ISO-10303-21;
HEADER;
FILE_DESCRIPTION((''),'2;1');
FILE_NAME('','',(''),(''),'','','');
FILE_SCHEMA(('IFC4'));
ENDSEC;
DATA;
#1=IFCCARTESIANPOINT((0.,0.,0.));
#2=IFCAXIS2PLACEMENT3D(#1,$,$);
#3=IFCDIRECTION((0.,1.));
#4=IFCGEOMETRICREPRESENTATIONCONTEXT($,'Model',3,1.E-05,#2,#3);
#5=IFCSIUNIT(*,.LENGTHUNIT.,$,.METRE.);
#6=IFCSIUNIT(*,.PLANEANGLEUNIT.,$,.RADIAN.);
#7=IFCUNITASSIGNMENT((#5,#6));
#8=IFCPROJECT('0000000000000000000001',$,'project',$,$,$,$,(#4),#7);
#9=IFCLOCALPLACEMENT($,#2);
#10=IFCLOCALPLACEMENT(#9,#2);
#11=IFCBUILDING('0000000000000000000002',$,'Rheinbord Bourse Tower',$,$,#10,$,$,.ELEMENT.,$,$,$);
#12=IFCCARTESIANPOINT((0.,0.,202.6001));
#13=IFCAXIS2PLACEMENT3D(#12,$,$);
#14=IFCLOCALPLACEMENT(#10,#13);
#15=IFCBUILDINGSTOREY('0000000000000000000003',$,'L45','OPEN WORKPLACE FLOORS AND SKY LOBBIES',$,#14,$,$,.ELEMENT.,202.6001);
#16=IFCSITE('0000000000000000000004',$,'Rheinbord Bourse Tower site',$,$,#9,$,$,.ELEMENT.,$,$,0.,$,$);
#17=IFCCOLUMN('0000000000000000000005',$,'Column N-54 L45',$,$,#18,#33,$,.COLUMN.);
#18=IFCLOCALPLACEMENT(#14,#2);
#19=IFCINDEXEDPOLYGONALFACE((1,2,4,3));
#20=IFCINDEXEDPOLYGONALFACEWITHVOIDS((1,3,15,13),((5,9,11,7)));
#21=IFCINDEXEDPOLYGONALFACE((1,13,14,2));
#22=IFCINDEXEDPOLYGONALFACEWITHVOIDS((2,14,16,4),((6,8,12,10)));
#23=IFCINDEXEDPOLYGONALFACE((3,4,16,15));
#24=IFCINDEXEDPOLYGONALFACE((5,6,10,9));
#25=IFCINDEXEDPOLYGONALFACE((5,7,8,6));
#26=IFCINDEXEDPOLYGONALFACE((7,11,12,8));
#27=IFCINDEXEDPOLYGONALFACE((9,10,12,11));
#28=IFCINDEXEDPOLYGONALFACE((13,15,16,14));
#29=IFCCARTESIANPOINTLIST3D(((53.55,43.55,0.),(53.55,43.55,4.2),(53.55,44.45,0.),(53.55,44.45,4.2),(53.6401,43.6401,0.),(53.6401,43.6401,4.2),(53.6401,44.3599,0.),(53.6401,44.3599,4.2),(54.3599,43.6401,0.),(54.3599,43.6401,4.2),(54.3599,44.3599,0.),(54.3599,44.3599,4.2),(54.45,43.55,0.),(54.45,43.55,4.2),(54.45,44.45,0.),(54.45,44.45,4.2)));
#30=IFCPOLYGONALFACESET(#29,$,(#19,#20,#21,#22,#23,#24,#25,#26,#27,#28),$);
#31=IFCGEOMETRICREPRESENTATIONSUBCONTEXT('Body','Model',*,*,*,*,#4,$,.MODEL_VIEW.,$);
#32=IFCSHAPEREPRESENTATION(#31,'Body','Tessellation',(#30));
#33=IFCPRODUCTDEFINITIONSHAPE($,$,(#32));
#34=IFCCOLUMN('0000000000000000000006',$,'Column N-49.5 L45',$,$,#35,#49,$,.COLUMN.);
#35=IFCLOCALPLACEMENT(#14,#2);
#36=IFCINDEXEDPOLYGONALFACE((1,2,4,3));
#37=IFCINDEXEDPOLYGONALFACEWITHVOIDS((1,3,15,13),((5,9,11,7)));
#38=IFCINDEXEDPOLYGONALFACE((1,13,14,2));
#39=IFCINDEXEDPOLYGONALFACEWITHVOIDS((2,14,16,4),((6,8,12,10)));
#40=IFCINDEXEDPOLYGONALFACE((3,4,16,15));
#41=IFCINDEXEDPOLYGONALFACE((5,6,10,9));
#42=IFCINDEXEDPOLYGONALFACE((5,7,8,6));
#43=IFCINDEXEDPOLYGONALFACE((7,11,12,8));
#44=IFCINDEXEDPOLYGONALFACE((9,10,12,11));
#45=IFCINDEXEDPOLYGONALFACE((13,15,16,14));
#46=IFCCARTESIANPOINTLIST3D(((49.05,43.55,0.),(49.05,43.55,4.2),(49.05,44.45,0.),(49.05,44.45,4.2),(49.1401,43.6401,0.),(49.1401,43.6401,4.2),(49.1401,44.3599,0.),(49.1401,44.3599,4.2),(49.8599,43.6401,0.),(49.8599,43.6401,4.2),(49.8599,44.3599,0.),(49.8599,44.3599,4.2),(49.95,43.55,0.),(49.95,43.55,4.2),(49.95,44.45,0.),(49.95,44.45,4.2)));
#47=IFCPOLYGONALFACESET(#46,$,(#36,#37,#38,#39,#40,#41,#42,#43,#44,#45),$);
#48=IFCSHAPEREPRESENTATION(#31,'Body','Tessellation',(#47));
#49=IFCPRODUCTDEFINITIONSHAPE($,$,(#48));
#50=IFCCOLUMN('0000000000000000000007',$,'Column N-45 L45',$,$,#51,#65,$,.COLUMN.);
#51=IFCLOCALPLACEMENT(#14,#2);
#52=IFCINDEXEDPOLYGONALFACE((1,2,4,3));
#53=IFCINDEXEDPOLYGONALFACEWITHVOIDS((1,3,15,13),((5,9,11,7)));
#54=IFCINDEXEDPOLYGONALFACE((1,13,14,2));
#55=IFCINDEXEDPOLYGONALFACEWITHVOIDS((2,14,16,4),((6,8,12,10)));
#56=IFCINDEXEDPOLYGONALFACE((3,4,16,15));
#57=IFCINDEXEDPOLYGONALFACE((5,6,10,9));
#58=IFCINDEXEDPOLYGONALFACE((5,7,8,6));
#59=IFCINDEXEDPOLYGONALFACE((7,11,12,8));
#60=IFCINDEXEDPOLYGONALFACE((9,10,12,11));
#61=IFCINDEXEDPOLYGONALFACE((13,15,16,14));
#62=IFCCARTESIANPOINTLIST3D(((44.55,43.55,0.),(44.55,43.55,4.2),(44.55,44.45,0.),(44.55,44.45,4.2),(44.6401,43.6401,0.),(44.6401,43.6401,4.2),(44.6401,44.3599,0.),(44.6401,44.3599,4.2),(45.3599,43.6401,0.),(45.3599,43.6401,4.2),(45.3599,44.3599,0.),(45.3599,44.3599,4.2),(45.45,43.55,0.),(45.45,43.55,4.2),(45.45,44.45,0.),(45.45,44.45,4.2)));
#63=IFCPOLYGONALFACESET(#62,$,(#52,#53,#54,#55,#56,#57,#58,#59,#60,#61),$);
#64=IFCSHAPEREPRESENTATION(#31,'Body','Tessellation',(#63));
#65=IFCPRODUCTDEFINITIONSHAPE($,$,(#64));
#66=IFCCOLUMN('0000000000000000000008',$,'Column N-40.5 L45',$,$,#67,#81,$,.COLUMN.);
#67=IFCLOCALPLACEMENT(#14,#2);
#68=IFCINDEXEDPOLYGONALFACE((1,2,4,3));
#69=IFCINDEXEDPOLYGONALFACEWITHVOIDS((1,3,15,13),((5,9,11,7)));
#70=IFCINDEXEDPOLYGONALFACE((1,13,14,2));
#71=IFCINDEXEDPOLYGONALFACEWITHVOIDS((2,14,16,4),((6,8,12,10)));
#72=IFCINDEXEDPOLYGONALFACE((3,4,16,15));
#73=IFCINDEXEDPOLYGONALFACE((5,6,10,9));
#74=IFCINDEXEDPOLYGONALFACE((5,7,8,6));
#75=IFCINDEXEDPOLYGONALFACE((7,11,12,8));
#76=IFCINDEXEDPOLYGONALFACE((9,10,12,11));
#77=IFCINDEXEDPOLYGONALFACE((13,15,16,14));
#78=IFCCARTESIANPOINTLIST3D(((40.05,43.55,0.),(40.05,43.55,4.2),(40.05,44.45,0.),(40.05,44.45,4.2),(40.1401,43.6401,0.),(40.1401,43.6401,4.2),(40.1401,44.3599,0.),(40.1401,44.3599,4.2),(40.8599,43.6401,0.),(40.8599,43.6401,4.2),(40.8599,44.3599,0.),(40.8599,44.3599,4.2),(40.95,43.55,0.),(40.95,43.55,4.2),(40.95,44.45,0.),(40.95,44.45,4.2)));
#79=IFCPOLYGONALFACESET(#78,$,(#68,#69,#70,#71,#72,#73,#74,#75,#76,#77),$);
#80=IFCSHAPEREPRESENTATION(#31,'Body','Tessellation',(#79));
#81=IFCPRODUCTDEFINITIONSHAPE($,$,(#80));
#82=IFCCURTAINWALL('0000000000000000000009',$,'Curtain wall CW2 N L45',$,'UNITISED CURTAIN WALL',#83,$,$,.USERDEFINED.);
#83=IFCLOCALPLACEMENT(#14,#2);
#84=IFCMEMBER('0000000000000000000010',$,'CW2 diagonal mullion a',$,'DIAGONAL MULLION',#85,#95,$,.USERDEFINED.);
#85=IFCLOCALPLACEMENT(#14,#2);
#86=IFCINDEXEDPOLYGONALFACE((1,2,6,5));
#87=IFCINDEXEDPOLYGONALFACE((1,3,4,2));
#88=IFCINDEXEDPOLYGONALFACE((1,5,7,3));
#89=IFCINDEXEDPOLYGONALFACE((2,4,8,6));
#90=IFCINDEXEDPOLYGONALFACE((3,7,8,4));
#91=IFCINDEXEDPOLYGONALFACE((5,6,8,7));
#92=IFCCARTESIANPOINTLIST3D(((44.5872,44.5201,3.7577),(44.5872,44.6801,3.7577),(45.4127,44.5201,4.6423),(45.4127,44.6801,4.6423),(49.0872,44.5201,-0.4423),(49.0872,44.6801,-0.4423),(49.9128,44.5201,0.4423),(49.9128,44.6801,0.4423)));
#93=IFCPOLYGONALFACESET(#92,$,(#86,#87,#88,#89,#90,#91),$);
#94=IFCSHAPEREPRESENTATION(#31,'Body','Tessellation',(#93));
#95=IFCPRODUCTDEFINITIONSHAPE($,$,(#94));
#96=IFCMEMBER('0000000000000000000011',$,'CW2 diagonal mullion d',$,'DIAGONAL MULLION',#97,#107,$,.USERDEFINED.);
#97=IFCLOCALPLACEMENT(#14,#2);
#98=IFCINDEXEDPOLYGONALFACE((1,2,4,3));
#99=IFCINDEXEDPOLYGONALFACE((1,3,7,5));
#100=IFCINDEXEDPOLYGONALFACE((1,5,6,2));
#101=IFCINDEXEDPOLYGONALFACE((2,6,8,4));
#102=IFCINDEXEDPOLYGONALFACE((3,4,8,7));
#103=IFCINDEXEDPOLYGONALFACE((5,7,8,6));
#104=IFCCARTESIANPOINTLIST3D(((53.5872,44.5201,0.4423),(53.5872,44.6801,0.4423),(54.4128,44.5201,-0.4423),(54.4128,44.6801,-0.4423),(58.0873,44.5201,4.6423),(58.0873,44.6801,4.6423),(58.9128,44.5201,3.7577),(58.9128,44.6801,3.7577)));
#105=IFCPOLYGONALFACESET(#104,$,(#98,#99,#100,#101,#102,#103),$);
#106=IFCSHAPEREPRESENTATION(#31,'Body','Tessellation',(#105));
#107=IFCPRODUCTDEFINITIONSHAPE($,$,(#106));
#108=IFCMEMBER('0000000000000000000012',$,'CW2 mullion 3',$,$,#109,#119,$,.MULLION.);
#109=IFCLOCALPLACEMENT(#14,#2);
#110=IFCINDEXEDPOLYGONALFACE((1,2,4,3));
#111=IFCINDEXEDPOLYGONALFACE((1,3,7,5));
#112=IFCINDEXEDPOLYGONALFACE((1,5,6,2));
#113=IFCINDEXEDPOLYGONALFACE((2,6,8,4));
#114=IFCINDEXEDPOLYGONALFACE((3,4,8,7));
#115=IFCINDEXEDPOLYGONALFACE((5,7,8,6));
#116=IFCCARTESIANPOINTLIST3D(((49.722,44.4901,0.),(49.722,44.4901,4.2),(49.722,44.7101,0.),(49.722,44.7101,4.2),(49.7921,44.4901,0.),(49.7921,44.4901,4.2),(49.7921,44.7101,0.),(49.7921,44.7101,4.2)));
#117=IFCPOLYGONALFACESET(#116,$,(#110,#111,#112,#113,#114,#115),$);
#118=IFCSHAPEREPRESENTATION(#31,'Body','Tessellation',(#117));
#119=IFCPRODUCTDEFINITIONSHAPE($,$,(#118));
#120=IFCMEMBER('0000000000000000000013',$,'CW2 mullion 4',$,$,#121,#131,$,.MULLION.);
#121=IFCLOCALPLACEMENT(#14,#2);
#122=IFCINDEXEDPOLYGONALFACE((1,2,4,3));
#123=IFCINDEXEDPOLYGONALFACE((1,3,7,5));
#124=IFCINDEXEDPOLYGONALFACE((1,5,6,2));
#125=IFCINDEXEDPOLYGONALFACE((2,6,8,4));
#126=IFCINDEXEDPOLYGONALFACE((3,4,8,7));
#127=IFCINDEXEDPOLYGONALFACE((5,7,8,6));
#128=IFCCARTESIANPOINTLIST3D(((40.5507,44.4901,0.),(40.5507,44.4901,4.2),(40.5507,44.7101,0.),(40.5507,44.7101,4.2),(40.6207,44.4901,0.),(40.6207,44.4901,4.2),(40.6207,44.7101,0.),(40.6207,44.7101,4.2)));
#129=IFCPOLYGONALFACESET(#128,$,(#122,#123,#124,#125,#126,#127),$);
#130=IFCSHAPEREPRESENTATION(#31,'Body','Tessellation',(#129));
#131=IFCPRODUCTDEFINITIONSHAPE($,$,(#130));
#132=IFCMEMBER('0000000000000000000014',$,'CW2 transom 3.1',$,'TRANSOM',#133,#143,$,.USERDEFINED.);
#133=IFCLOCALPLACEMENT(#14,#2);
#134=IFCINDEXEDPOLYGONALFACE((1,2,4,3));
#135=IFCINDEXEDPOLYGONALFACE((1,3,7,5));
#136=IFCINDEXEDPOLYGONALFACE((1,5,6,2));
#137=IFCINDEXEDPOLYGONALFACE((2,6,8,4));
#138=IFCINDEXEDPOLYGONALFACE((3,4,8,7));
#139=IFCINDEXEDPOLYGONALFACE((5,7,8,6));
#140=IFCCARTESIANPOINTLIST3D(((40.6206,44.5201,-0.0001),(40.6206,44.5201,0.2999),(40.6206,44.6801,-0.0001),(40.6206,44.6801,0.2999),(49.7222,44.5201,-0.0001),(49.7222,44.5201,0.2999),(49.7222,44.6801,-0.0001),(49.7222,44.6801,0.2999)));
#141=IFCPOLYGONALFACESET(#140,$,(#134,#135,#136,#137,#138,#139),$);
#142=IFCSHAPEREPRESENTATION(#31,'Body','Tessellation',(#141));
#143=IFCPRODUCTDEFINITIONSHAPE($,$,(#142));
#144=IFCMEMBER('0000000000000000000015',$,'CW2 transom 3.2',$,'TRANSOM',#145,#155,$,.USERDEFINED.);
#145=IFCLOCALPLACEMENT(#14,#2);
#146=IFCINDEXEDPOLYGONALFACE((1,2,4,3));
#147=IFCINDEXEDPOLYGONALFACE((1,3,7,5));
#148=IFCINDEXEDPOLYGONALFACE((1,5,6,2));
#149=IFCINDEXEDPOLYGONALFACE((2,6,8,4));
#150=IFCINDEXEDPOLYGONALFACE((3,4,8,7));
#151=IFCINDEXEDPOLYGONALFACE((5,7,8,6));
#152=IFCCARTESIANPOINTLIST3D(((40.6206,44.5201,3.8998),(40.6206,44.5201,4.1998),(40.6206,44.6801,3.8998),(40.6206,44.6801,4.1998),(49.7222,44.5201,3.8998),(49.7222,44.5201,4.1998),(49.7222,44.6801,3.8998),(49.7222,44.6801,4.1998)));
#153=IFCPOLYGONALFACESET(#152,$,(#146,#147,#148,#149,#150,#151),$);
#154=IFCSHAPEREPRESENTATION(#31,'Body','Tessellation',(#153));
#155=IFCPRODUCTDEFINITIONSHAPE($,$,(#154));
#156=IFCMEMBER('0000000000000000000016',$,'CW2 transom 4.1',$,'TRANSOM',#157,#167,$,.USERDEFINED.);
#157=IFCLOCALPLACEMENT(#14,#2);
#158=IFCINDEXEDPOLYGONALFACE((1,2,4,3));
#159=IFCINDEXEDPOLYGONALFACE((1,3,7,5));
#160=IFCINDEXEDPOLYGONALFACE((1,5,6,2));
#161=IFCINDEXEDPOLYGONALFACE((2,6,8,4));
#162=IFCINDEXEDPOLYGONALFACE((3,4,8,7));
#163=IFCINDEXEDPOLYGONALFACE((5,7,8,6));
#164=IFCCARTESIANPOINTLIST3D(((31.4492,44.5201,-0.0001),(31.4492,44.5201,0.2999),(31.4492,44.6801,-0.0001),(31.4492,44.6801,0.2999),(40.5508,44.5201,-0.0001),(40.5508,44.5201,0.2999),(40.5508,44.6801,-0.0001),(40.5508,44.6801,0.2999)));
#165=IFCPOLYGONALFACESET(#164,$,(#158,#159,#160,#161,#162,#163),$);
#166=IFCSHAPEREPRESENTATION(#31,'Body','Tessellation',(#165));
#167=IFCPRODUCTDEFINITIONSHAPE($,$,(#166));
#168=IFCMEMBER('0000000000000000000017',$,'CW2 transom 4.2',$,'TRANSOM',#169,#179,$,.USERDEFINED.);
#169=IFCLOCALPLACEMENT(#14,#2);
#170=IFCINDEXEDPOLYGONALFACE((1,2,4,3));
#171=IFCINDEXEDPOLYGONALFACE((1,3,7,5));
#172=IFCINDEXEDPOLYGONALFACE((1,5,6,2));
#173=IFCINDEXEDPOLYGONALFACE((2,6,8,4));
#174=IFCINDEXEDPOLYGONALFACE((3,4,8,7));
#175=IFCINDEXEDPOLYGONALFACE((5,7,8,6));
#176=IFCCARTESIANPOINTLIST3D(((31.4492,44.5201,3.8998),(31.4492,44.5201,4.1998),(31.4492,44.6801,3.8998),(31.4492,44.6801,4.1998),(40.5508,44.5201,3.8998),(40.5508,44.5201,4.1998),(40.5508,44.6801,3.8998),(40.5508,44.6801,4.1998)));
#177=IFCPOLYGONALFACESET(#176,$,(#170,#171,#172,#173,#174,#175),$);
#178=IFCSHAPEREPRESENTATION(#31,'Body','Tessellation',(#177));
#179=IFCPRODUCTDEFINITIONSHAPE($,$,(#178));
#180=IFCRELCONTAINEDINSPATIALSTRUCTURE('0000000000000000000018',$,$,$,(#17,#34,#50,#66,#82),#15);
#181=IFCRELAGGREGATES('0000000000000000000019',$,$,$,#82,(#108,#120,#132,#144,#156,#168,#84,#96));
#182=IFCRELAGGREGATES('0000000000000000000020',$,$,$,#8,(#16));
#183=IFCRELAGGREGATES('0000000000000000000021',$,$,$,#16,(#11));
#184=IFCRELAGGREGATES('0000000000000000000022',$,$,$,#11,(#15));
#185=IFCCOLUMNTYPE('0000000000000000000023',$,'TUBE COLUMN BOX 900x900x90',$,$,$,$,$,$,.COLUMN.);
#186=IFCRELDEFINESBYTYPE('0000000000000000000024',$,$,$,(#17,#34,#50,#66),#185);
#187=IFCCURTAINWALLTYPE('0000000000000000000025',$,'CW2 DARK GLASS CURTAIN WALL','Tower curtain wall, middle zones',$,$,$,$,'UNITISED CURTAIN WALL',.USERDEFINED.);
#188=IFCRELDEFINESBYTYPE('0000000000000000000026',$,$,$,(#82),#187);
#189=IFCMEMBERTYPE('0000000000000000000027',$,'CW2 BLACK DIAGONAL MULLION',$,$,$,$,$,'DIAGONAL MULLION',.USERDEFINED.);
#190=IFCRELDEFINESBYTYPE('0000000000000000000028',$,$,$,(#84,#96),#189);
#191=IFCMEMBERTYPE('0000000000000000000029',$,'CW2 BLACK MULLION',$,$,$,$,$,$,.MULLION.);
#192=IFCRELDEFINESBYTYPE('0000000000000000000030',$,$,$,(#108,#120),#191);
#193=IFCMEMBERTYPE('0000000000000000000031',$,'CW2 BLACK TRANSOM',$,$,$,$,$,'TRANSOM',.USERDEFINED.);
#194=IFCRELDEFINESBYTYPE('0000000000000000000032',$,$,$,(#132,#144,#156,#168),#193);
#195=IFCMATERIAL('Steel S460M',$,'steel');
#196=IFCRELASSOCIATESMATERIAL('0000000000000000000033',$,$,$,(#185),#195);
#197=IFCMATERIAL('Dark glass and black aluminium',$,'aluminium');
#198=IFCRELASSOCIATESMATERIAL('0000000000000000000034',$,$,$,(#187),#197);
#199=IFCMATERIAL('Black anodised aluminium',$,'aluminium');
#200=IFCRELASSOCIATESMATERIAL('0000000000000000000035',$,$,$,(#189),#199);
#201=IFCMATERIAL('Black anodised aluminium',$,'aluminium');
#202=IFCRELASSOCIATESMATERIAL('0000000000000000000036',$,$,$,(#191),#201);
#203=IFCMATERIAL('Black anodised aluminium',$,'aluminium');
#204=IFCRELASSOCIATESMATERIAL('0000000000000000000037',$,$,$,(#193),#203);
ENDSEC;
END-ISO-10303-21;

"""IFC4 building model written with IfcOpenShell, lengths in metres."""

from ifc_helpers import new_model, si_unit, direction, frame, origin, origin_2d, place, context, subcontext, project, spatial, rectangle, hollow_rectangle, extrude, material, material_profile, profile_set, type_object, element, aggregate, save


model = new_model("IFC4")

# Units and contexts
model_context = context("Model", 3, precision=1e-05, world=origin(), true_north=direction((0.0, 1.0)))
body_context = subcontext(model_context, "Body", "Model", "MODEL_VIEW")
ifc_project = project(units=[si_unit("LENGTHUNIT", "METRE"), si_unit("PLANEANGLEUNIT", "RADIAN")], contexts=[model_context])

# Site, building, storey
site_placement = place(None, origin())
site = spatial("IfcSite", under=ifc_project, at=site_placement, Name="Rheinbord Bourse Tower site", CompositionType="ELEMENT", RefElevation=0.0)
building_placement = place(site_placement, origin())
building = spatial("IfcBuilding", under=site, at=building_placement, Name="Rheinbord Bourse Tower", CompositionType="ELEMENT")
storey_placement = place(building_placement, frame((0.0, 0.0, 202.6001)))
storey = spatial("IfcBuildingStorey", under=building, at=storey_placement, Name="L45", Description="OPEN WORKPLACE FLOORS AND SKY LOBBIES", CompositionType="ELEMENT", Elevation=202.6001)

# Columns
ifc_material_1 = material(Name="Steel S460M", Category="steel")
ifc_material_profile_1 = material_profile(ifc_material_1, hollow_rectangle(XDim=0.8999, YDim=0.8999, WallThickness=0.0901, at=origin_2d()), Name="BOX 900x900x90")
ifc_profile_set_1 = profile_set([ifc_material_profile_1], Name="Steel S460M")
column_type = type_object("IfcColumnType", Name="TUBE COLUMN BOX 900x900x90", PredefinedType="COLUMN", material=ifc_profile_set_1)
for number, where, z_axis, x_axis, name in (
    (1, (54.0, 44.0, 0.0), (0.0, 0.0, 1.0), (0.0, 1.0, 0.0), "Column N-54 L45"),
    (2, (49.5, 44.0, 0.0), (0.0, 0.0, 1.0), (0.0, 1.0, 0.0), "Column N-49.5 L45"),
    (3, (45.0, 44.0, 0.0), (0.0, 0.0, 1.0), (0.0, 1.0, 0.0), "Column N-45 L45"),
    (4, (40.5, 44.0, 0.0), (0.0, 0.0, 1.0), (0.0, 1.0, 0.0), "Column N-40.5 L45"),
):
    element("IfcColumn", number, at=place(storey_placement, frame(where, z_axis=z_axis, x_axis=x_axis)), inside=storey, type_object=column_type, Name=name, PredefinedType="COLUMN", context=body_context, shape_type="SweptSolid", body=[
        extrude(hollow_rectangle(XDim=0.8999, YDim=0.8999, WallThickness=0.0901, at=origin_2d()), origin(), (0.0, 0.0, 1.0), 4.2),
    ])

# Curtain wall, members
ifc_material_2 = material(Name="Dark glass and black aluminium", Category="aluminium")
curtain_wall_type = type_object("IfcCurtainWallType", Name="CW2 DARK GLASS CURTAIN WALL", Description="Tower curtain wall, middle zones", ElementType="UNITISED CURTAIN WALL", PredefinedType="USERDEFINED", material=ifc_material_2)
curtain_wall_placement = place(storey_placement, origin())
curtain_wall = element("IfcCurtainWall", 5, at=curtain_wall_placement, inside=storey, type_object=curtain_wall_type, Name="Curtain wall CW2 N L45", ObjectType="UNITISED CURTAIN WALL", PredefinedType="USERDEFINED")
ifc_material_3 = material(Name="Black anodised aluminium", Category="aluminium")
ifc_material_profile_2 = material_profile(ifc_material_3, rectangle(XDim=0.1599, YDim=1.21, at=origin_2d()), Name="CW2 DIAGONAL MULLION 1210x160")
ifc_profile_set_2 = profile_set([ifc_material_profile_2], Name="Black anodised aluminium")
member_type_1 = type_object("IfcMemberType", Name="CW2 BLACK DIAGONAL MULLION", ElementType="DIAGONAL MULLION", PredefinedType="USERDEFINED", material=ifc_profile_set_2)
member_1_placement = place(storey_placement, frame((49.5, 44.6001, 0.0), z_axis=(-0.731059, 0.0, 0.682314), x_axis=(0.0, -1.0, 0.0)))
member_1 = element("IfcMember", 6, at=member_1_placement, type_object=member_type_1, Name="CW2 diagonal mullion a", ObjectType="DIAGONAL MULLION", PredefinedType="USERDEFINED", context=body_context, shape_type="SweptSolid", body=[
    extrude(rectangle(XDim=0.1599, YDim=1.21, at=origin_2d()), origin(), (0.0, 0.0, 1.0), 6.1555),
])
member_2_placement = place(storey_placement, frame((54.0, 44.6001, 0.0), z_axis=(0.731059, 0.0, 0.682314), x_axis=(0.0, 1.0, 0.0)))
member_2 = element("IfcMember", 7, at=member_2_placement, type_object=member_type_1, Name="CW2 diagonal mullion d", ObjectType="DIAGONAL MULLION", PredefinedType="USERDEFINED", context=body_context, shape_type="SweptSolid", body=[
    extrude(rectangle(XDim=0.1599, YDim=1.21, at=origin_2d()), origin(), (0.0, 0.0, 1.0), 6.1555),
])
ifc_material_4 = material(Name="Black anodised aluminium", Category="aluminium")
ifc_material_profile_3 = material_profile(ifc_material_4, rectangle(XDim=0.22, YDim=0.0701, at=origin_2d()), Name="CW2 MULLION 70x220")
ifc_profile_set_3 = profile_set([ifc_material_profile_3], Name="Black anodised aluminium")
member_type_2 = type_object("IfcMemberType", Name="CW2 BLACK MULLION", PredefinedType="MULLION", material=ifc_profile_set_3)
member_3_placement = place(storey_placement, frame((49.7571, 44.6001, 0.0), z_axis=(0.0, 0.0, 1.0), x_axis=(0.0, -1.0, 0.0)))
member_3 = element("IfcMember", 8, at=member_3_placement, type_object=member_type_2, Name="CW2 mullion 3", PredefinedType="MULLION", context=body_context, shape_type="SweptSolid", body=[
    extrude(rectangle(XDim=0.22, YDim=0.0701, at=origin_2d()), origin(), (0.0, 0.0, 1.0), 4.2),
])
member_4_placement = place(storey_placement, frame((40.5857, 44.6001, 0.0), z_axis=(0.0, 0.0, 1.0), x_axis=(0.0, -1.0, 0.0)))
member_4 = element("IfcMember", 9, at=member_4_placement, type_object=member_type_2, Name="CW2 mullion 4", PredefinedType="MULLION", context=body_context, shape_type="SweptSolid", body=[
    extrude(rectangle(XDim=0.22, YDim=0.0701, at=origin_2d()), origin(), (0.0, 0.0, 1.0), 4.2),
])
ifc_material_5 = material(Name="Black anodised aluminium", Category="aluminium")
ifc_material_profile_4 = material_profile(ifc_material_5, rectangle(XDim=0.1599, YDim=0.3, at=origin_2d()), Name="CW2 TRANSOM 300x160")
ifc_profile_set_4 = profile_set([ifc_material_profile_4], Name="Black anodised aluminium")
member_type_3 = type_object("IfcMemberType", Name="CW2 BLACK TRANSOM", ElementType="TRANSOM", PredefinedType="USERDEFINED", material=ifc_profile_set_4)
member_5_placement = place(storey_placement, frame((49.7222, 44.6001, 0.1499), z_axis=(-1.0, 0.0, 0.0), x_axis=(0.0, -1.0, 0.0)))
member_5 = element("IfcMember", 10, at=member_5_placement, type_object=member_type_3, Name="CW2 transom 3.1", ObjectType="TRANSOM", PredefinedType="USERDEFINED", context=body_context, shape_type="SweptSolid", body=[
    extrude(rectangle(XDim=0.1599, YDim=0.3, at=origin_2d()), origin(), (0.0, 0.0, 1.0), 9.1016),
])
member_6_placement = place(storey_placement, frame((49.7222, 44.6001, 4.0498), z_axis=(-1.0, 0.0, 0.0), x_axis=(0.0, -1.0, 0.0)))
member_6 = element("IfcMember", 11, at=member_6_placement, type_object=member_type_3, Name="CW2 transom 3.2", ObjectType="TRANSOM", PredefinedType="USERDEFINED", context=body_context, shape_type="SweptSolid", body=[
    extrude(rectangle(XDim=0.1599, YDim=0.3, at=origin_2d()), origin(), (0.0, 0.0, 1.0), 9.1016),
])
member_7_placement = place(storey_placement, frame((40.5508, 44.6001, 0.1499), z_axis=(-1.0, 0.0, 0.0), x_axis=(0.0, -1.0, 0.0)))
member_7 = element("IfcMember", 12, at=member_7_placement, type_object=member_type_3, Name="CW2 transom 4.1", ObjectType="TRANSOM", PredefinedType="USERDEFINED", context=body_context, shape_type="SweptSolid", body=[
    extrude(rectangle(XDim=0.1599, YDim=0.3, at=origin_2d()), origin(), (0.0, 0.0, 1.0), 9.1016),
])
member_8_placement = place(storey_placement, frame((40.5508, 44.6001, 4.0498), z_axis=(-1.0, 0.0, 0.0), x_axis=(0.0, -1.0, 0.0)))
member_8 = element("IfcMember", 13, at=member_8_placement, type_object=member_type_3, Name="CW2 transom 4.2", ObjectType="TRANSOM", PredefinedType="USERDEFINED", context=body_context, shape_type="SweptSolid", body=[
    extrude(rectangle(XDim=0.1599, YDim=0.3, at=origin_2d()), origin(), (0.0, 0.0, 1.0), 9.1016),
])

aggregate(curtain_wall, [member_3, member_4, member_5, member_6, member_7, member_8, member_1, member_2])

save(model, "model.ifc")
